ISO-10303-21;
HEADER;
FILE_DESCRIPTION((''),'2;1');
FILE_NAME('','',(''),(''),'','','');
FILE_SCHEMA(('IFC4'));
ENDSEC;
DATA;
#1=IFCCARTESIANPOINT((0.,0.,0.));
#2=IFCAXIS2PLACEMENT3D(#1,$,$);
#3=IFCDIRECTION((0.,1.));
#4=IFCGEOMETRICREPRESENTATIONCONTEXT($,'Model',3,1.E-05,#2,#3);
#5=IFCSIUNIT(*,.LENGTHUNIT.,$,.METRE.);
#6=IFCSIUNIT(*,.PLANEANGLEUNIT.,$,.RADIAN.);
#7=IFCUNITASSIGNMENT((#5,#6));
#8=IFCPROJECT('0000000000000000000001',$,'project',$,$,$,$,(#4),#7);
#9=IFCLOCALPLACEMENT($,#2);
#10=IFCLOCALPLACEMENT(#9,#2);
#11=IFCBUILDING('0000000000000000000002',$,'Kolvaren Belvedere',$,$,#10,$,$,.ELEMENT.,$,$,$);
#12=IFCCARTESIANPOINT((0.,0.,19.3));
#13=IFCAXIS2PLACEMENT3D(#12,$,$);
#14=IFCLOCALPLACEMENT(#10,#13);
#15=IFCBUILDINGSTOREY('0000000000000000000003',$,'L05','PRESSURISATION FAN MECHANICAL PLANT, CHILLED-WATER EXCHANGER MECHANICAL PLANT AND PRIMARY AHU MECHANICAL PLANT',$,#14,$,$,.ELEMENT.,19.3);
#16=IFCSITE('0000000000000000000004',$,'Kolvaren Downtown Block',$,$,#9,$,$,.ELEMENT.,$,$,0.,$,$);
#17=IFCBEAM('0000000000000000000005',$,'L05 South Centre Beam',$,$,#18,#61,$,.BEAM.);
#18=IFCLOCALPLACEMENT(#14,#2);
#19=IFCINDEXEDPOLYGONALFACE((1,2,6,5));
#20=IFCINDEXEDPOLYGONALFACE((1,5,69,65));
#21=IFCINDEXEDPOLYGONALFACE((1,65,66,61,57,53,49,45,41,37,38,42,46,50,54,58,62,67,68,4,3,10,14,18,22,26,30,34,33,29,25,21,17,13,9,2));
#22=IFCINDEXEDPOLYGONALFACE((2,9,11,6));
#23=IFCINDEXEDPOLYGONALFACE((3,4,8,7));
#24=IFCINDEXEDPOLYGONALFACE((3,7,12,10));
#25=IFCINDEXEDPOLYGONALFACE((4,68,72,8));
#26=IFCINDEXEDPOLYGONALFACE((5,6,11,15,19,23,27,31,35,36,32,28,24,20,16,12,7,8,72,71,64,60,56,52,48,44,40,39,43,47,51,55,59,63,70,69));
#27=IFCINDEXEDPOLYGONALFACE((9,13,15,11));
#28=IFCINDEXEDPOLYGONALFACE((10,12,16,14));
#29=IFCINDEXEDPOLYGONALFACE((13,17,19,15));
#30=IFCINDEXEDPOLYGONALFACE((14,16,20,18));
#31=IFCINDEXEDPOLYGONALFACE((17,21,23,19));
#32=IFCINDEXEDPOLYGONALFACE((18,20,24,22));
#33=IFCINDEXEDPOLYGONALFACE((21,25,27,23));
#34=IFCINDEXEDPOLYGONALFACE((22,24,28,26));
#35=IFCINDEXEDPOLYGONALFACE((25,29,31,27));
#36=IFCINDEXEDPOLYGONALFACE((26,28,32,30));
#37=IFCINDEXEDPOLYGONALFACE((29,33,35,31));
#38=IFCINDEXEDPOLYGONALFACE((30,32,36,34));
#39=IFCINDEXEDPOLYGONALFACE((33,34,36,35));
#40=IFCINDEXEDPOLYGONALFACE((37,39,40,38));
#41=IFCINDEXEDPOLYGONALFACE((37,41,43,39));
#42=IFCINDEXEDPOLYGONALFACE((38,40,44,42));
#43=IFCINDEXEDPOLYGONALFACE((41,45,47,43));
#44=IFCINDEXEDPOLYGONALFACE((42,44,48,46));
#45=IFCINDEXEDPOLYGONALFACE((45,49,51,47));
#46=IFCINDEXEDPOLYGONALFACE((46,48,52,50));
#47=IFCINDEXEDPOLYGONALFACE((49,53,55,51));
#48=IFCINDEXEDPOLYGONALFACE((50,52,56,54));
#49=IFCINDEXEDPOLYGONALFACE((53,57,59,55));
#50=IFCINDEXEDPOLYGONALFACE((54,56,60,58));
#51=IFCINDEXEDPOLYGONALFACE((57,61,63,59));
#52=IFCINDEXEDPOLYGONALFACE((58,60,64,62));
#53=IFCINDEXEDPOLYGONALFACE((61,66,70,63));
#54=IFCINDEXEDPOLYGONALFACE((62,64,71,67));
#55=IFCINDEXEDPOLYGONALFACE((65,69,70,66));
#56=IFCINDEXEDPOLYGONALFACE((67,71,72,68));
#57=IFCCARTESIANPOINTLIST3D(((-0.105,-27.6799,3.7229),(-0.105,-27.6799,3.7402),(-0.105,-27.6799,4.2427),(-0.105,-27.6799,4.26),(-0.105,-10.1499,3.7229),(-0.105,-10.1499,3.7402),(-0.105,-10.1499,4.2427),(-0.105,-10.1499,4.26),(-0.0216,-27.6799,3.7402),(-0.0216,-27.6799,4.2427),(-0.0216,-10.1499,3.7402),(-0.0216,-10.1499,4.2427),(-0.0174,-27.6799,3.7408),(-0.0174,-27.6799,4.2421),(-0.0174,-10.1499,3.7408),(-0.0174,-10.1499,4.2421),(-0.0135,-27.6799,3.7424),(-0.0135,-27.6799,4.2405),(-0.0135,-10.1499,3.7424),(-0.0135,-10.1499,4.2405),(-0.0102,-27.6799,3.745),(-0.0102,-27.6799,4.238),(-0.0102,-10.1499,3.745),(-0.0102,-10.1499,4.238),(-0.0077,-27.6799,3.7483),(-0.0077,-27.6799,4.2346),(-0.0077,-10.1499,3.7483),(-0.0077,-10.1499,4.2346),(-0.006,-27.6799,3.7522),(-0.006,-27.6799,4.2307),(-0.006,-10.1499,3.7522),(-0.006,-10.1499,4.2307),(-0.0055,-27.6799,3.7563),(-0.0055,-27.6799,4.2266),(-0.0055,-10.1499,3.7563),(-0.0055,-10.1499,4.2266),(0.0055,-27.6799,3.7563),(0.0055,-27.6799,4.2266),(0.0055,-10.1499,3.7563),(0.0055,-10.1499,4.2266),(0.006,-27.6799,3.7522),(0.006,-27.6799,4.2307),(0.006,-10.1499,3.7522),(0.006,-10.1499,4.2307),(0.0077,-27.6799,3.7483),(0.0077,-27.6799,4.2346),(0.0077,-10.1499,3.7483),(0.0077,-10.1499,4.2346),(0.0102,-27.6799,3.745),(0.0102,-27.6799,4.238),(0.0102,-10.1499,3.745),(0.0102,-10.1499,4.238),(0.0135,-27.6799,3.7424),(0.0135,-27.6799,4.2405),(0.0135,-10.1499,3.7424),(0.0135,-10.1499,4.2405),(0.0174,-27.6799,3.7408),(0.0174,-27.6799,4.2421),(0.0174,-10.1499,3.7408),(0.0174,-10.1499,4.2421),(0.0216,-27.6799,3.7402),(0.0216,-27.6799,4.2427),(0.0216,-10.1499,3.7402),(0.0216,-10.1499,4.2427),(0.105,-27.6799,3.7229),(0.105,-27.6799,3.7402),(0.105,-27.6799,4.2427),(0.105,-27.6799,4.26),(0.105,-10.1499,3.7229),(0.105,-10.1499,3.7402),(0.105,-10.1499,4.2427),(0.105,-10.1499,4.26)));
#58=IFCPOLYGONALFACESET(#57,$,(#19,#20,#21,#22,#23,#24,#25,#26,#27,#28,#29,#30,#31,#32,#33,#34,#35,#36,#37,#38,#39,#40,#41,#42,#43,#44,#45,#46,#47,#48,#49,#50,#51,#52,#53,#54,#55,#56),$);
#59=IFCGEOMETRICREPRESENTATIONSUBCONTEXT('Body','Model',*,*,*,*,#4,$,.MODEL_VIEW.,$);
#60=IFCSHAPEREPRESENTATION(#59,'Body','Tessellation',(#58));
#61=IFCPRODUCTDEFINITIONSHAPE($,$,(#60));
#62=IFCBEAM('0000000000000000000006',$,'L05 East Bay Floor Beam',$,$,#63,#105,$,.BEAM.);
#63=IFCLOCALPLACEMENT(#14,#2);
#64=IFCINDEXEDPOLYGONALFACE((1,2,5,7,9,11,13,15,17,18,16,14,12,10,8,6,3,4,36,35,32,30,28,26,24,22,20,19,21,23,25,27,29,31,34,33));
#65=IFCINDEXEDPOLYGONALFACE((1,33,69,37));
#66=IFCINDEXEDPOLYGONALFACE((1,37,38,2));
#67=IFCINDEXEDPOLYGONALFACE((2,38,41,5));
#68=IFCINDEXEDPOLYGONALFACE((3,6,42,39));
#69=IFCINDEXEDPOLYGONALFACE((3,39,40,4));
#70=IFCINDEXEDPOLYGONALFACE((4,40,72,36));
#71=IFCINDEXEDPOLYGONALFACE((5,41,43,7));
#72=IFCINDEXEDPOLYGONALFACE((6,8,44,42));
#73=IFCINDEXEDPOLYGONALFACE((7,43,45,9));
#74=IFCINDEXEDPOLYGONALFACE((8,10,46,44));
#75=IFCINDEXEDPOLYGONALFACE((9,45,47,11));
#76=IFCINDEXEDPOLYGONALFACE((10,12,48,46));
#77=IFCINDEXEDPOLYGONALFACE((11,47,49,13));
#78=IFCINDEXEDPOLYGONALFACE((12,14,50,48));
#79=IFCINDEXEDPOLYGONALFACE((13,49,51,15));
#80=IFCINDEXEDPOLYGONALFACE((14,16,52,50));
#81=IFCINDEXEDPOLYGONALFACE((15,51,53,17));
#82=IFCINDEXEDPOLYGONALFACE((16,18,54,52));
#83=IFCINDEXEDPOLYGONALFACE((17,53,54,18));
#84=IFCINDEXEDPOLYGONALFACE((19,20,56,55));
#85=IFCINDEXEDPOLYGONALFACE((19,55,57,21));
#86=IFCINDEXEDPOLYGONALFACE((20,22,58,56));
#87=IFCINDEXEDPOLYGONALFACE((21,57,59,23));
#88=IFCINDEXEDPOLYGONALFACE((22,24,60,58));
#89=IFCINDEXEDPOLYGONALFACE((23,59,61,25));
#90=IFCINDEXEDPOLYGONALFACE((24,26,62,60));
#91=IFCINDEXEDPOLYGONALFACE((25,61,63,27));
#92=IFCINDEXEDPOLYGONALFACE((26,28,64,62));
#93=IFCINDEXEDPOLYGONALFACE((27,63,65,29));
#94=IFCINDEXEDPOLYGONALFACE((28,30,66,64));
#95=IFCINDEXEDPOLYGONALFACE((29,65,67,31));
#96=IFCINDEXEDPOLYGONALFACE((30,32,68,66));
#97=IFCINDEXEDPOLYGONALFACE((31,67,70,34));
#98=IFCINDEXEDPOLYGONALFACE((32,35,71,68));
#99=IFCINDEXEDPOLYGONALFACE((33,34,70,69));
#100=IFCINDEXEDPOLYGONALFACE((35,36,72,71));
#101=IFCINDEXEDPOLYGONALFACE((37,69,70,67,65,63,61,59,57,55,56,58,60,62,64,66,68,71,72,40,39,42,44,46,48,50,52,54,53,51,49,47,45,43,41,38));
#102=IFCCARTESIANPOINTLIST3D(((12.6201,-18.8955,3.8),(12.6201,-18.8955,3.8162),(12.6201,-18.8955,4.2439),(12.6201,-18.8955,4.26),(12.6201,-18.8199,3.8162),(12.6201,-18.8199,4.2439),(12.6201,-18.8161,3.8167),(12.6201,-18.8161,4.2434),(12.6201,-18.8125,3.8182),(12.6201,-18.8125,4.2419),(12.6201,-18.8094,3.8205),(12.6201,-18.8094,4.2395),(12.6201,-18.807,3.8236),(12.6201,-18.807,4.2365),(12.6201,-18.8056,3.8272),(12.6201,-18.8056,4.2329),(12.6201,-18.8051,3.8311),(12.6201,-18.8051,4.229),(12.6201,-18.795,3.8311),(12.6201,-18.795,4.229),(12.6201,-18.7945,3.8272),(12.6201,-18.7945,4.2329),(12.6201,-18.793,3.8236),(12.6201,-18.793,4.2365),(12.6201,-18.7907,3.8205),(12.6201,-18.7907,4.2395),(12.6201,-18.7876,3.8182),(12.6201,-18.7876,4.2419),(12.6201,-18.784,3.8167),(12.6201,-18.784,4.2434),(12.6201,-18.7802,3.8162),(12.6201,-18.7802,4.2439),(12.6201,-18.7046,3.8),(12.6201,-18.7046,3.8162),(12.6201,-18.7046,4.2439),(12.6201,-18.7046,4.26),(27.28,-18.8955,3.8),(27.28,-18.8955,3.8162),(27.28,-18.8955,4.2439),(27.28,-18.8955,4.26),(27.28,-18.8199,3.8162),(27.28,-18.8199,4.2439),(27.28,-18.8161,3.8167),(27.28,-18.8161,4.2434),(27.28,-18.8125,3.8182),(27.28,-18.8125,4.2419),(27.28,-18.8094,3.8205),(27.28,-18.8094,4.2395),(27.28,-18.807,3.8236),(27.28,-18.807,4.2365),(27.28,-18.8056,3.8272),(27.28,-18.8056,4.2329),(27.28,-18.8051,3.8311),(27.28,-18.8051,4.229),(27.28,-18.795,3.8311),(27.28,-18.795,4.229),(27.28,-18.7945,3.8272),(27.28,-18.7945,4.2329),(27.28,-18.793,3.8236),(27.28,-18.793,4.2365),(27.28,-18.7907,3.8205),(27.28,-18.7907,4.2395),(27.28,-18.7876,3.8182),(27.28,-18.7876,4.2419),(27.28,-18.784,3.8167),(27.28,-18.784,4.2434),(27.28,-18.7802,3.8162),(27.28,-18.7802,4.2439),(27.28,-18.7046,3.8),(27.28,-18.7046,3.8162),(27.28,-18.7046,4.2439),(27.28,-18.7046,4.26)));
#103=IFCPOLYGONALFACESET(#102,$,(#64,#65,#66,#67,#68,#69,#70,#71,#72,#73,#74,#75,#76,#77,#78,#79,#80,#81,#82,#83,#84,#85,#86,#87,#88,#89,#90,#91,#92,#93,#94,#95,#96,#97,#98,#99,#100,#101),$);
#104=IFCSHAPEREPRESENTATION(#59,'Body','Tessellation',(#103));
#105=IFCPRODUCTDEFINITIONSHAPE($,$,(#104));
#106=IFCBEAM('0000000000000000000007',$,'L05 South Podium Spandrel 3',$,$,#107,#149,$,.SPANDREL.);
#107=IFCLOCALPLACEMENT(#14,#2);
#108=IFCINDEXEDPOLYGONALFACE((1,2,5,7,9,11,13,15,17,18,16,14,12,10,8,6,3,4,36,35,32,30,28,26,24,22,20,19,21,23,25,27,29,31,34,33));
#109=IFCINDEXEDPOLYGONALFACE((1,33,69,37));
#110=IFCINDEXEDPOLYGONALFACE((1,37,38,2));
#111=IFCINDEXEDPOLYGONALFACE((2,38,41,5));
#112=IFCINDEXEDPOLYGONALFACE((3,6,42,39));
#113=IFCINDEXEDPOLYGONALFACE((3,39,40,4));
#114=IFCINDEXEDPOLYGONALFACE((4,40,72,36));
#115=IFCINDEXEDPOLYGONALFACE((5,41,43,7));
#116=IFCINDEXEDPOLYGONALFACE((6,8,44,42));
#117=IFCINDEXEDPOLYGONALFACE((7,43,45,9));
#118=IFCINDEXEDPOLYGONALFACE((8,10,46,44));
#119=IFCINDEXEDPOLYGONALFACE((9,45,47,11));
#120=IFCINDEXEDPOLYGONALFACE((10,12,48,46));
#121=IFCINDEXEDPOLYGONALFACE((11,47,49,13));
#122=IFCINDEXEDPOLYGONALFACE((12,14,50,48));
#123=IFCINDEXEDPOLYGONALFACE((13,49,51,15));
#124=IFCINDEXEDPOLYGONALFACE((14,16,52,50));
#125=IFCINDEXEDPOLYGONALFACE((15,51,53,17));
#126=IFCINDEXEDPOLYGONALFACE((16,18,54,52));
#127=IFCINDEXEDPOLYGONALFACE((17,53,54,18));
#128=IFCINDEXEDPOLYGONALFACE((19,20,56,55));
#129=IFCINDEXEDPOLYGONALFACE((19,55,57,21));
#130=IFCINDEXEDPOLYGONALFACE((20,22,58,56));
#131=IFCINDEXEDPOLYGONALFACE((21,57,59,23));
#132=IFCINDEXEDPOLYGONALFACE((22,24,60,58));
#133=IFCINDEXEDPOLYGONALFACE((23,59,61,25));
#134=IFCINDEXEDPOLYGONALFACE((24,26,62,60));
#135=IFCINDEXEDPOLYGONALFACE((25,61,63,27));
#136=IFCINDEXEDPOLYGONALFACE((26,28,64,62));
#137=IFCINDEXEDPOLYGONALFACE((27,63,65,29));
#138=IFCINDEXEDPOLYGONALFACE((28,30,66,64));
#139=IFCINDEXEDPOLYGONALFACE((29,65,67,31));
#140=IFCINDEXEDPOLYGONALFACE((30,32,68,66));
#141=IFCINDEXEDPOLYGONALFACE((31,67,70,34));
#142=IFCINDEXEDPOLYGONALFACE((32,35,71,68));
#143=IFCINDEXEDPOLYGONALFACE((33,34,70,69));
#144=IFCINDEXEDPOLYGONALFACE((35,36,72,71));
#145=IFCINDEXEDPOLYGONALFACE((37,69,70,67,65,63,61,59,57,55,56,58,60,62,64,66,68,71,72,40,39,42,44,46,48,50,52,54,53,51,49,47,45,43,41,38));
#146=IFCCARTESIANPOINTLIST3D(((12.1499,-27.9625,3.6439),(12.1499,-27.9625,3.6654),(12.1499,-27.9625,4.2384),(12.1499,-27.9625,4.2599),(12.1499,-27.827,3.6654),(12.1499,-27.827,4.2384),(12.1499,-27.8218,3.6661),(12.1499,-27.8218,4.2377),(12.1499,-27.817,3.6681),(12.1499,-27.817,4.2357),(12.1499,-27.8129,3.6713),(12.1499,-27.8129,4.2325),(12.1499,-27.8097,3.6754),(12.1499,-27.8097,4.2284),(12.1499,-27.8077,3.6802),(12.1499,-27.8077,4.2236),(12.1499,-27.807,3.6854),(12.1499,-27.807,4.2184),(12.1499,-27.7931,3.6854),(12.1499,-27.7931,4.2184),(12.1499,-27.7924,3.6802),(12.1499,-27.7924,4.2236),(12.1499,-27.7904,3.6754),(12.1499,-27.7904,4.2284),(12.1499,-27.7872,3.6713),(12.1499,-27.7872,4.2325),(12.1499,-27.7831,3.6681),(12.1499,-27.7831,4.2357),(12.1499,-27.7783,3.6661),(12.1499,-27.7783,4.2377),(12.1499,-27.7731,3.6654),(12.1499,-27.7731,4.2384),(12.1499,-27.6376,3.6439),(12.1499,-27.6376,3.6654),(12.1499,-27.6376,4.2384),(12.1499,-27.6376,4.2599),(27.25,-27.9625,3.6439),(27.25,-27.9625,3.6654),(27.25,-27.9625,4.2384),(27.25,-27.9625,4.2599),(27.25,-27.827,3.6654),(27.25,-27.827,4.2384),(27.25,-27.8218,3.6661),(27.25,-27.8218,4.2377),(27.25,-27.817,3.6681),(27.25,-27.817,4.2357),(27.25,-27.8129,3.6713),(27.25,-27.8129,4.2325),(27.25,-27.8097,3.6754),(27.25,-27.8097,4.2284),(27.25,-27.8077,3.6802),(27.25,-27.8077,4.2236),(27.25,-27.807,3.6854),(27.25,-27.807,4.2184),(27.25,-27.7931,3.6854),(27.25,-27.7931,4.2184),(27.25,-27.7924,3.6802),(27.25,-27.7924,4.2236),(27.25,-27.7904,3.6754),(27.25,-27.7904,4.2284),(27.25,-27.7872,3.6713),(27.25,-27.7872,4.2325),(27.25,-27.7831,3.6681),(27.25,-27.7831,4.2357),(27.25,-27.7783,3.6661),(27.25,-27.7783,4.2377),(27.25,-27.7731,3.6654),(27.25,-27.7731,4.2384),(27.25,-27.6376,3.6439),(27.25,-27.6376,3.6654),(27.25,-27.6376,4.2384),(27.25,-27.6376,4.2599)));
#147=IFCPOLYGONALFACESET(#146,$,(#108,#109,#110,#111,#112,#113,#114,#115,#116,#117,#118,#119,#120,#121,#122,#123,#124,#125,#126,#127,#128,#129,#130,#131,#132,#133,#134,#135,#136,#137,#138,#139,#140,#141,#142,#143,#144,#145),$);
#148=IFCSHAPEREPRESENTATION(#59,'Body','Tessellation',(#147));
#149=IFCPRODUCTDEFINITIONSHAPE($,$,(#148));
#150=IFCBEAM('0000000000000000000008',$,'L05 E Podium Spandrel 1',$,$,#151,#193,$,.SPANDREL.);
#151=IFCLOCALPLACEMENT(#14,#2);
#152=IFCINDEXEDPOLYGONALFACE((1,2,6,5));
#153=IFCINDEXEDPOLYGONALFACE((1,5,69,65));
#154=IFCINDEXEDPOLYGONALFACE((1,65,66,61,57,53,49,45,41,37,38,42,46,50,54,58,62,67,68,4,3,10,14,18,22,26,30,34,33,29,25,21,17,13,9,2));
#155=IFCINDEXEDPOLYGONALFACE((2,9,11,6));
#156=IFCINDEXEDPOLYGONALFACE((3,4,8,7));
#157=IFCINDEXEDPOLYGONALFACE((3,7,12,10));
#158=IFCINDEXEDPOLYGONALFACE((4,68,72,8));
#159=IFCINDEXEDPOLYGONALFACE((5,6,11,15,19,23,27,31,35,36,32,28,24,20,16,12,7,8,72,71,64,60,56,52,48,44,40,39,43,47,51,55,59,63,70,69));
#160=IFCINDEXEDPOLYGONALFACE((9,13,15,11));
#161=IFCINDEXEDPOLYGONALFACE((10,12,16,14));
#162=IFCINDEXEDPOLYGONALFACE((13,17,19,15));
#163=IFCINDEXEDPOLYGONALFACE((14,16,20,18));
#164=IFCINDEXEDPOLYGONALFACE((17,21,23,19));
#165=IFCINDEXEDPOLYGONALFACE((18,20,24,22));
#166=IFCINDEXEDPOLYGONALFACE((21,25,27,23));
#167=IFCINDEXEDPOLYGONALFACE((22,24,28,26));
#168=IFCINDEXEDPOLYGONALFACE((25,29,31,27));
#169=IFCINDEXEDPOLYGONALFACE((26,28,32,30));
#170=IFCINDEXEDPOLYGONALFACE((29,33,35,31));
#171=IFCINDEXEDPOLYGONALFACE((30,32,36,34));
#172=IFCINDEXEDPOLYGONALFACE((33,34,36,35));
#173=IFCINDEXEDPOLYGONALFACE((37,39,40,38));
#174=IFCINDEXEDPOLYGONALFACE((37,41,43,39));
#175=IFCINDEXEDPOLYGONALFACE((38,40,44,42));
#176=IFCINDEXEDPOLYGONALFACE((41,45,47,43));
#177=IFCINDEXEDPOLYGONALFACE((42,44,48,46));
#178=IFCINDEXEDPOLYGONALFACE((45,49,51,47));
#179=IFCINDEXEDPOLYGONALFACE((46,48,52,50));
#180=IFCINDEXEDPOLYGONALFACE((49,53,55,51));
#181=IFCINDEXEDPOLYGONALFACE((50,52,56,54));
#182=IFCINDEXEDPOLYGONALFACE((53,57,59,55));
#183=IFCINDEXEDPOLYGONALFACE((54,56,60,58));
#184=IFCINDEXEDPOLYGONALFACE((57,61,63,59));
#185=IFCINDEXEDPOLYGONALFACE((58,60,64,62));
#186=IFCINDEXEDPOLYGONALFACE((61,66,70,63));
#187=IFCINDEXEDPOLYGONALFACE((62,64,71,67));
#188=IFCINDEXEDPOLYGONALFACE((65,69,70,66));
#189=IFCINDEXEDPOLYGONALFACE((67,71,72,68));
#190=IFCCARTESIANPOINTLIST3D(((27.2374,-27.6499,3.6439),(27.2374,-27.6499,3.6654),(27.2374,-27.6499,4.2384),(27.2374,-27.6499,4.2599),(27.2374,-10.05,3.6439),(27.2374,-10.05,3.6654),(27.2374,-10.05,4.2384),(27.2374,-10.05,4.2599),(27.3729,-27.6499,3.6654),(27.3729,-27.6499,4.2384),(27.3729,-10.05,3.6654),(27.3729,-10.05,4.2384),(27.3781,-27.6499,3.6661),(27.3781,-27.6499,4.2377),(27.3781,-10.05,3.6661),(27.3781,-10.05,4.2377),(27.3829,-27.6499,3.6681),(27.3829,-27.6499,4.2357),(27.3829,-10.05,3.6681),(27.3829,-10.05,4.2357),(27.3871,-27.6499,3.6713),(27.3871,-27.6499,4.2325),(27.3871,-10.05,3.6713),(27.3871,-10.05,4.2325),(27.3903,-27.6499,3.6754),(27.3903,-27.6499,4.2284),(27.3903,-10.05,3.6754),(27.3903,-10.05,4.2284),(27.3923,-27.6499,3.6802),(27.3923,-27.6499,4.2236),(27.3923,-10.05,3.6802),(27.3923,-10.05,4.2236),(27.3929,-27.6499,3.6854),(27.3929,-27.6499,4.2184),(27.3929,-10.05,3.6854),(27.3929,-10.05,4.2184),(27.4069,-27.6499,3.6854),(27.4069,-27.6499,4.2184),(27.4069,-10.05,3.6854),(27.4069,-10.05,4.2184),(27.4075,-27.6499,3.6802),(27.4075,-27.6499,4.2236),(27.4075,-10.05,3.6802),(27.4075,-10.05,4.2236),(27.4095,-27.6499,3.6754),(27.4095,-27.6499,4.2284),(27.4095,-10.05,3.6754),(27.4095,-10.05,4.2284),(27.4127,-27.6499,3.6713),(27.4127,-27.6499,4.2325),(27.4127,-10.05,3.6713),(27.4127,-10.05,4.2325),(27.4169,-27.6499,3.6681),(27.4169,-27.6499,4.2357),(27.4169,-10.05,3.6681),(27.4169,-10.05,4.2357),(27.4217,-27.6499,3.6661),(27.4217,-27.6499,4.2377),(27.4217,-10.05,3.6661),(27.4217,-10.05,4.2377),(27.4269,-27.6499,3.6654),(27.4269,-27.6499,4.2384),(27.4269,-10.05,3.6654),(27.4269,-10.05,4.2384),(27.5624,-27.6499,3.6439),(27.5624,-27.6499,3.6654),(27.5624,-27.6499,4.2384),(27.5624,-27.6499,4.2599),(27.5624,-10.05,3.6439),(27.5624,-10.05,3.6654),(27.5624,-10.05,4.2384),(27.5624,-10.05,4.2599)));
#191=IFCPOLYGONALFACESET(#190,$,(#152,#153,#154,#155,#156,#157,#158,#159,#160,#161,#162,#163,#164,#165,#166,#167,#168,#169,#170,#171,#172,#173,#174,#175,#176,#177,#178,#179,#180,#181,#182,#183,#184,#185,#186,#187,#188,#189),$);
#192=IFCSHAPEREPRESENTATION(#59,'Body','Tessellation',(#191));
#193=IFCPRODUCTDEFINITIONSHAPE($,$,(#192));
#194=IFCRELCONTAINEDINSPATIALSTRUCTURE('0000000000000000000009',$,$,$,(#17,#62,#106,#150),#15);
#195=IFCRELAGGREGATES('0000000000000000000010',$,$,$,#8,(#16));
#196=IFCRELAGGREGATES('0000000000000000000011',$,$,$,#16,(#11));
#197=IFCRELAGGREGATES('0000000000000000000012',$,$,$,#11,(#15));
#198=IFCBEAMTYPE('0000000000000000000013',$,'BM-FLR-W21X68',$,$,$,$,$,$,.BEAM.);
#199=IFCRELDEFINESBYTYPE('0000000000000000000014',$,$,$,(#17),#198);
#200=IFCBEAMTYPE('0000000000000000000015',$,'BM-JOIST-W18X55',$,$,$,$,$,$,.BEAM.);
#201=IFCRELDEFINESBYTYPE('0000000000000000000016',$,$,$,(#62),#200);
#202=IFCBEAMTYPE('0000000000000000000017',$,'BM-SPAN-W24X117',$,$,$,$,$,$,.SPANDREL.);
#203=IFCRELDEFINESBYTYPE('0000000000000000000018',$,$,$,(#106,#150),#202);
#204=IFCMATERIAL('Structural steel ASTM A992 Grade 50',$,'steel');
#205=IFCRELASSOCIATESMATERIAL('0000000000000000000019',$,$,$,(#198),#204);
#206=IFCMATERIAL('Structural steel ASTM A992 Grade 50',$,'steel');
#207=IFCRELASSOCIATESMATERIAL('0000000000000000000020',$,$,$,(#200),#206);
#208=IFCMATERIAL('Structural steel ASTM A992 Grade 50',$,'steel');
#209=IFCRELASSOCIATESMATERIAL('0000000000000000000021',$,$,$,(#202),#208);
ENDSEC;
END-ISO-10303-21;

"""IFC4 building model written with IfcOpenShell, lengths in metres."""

from ifc_helpers import new_model, si_unit, direction, frame, origin, origin_2d, place, context, subcontext, project, spatial, i_section, extrude, material, material_profile, profile_set, type_object, element, save


model = new_model("IFC4")

# Units and contexts
model_context = context("Model", 3, precision=1e-05, world=origin(), true_north=direction((0.0, 1.0)))
body_context = subcontext(model_context, "Body", "Model", "MODEL_VIEW")
ifc_project = project(units=[si_unit("LENGTHUNIT", "METRE"), si_unit("PLANEANGLEUNIT", "RADIAN")], contexts=[model_context])

# Site, building, storey
site_placement = place(None, origin())
site = spatial("IfcSite", under=ifc_project, at=site_placement, Name="Kolvaren Downtown Block", CompositionType="ELEMENT", RefElevation=0.0)
building_placement = place(site_placement, origin())
building = spatial("IfcBuilding", under=site, at=building_placement, Name="Kolvaren Belvedere", CompositionType="ELEMENT")
storey_placement = place(building_placement, frame((0.0, 0.0, 19.3)))
storey = spatial("IfcBuildingStorey", under=building, at=storey_placement, Name="L05", Description="PRESSURISATION FAN MECHANICAL PLANT, CHILLED-WATER EXCHANGER MECHANICAL PLANT AND PRIMARY AHU MECHANICAL PLANT", CompositionType="ELEMENT", Elevation=19.3)

# Beams
ifc_material_1 = material(Name="Structural steel ASTM A992 Grade 50", Category="steel")
ifc_material_profile_1 = material_profile(ifc_material_1, i_section(OverallWidth=0.21, OverallDepth=0.5371, WebThickness=0.011, FlangeThickness=0.0173, FilletRadius=0.0161, at=origin_2d()), Name="W21X68")
ifc_profile_set_1 = profile_set([ifc_material_profile_1], Name="Structural steel ASTM A992 Grade 50")
beam_type_1 = type_object("IfcBeamType", Name="BM-FLR-W21X68", PredefinedType="BEAM", material=ifc_profile_set_1)
beam_1_placement = place(storey_placement, frame((0.0, -10.1499, 3.9915), z_axis=(0.0, -1.0, 0.0), x_axis=(1.0, 0.0, 0.0)))
element("IfcBeam", 1, at=beam_1_placement, inside=storey, type_object=beam_type_1, Name="L05 South Centre Beam", PredefinedType="BEAM", context=body_context, shape_type="SweptSolid", body=[
    extrude(i_section(OverallWidth=0.21, OverallDepth=0.5371, WebThickness=0.011, FlangeThickness=0.0173, FilletRadius=0.0161, at=origin_2d()), origin(), (0.0, 0.0, 1.0), 17.53),
])
ifc_material_2 = material(Name="Structural steel ASTM A992 Grade 50", Category="steel")
ifc_material_profile_2 = material_profile(ifc_material_2, i_section(OverallWidth=0.1909, OverallDepth=0.46, WebThickness=0.01, FlangeThickness=0.0161, FilletRadius=0.0149, at=origin_2d()), Name="W18X55")
ifc_profile_set_2 = profile_set([ifc_material_profile_2], Name="Structural steel ASTM A992 Grade 50")
beam_type_2 = type_object("IfcBeamType", Name="BM-JOIST-W18X55", PredefinedType="BEAM", material=ifc_profile_set_2)
beam_2_placement = place(storey_placement, frame((12.6201, -18.8, 4.03), z_axis=(1.0, 0.0, 0.0), x_axis=(0.0, 1.0, 0.0)))
element("IfcBeam", 2, at=beam_2_placement, inside=storey, type_object=beam_type_2, Name="L05 East Bay Floor Beam", PredefinedType="BEAM", context=body_context, shape_type="SweptSolid", body=[
    extrude(i_section(OverallWidth=0.1909, OverallDepth=0.46, WebThickness=0.01, FlangeThickness=0.0161, FilletRadius=0.0149, at=origin_2d()), origin(), (0.0, 0.0, 1.0), 14.6599),
])
ifc_material_3 = material(Name="Structural steel ASTM A992 Grade 50", Category="steel")
ifc_material_profile_3 = material_profile(ifc_material_3, i_section(OverallWidth=0.325, OverallDepth=0.616, WebThickness=0.0139, FlangeThickness=0.0215, FilletRadius=0.02, at=origin_2d()), Name="W24X117")
ifc_profile_set_3 = profile_set([ifc_material_profile_3], Name="Structural steel ASTM A992 Grade 50")
beam_type_3 = type_object("IfcBeamType", Name="BM-SPAN-W24X117", PredefinedType="SPANDREL", material=ifc_profile_set_3)
beam_3_placement = place(storey_placement, frame((12.1499, -27.8, 3.9519), z_axis=(1.0, 0.0, 0.0), x_axis=(0.0, 1.0, 0.0)))
element("IfcBeam", 3, at=beam_3_placement, inside=storey, type_object=beam_type_3, Name="L05 South Podium Spandrel 3", PredefinedType="SPANDREL", context=body_context, shape_type="SweptSolid", body=[
    extrude(i_section(OverallWidth=0.325, OverallDepth=0.616, WebThickness=0.0139, FlangeThickness=0.0215, FilletRadius=0.02, at=origin_2d()), origin(), (0.0, 0.0, 1.0), 15.1001),
])
beam_4_placement = place(storey_placement, frame((27.3999, -27.6499, 3.9519), z_axis=(0.0, 1.0, 0.0), x_axis=(-1.0, 0.0, 0.0)))
element("IfcBeam", 4, at=beam_4_placement, inside=storey, type_object=beam_type_3, Name="L05 E Podium Spandrel 1", PredefinedType="SPANDREL", context=body_context, shape_type="SweptSolid", body=[
    extrude(i_section(OverallWidth=0.325, OverallDepth=0.616, WebThickness=0.0139, FlangeThickness=0.0215, FilletRadius=0.02, at=origin_2d()), origin(), (0.0, 0.0, 1.0), 17.5999),
])

save(model, "model.ifc")
